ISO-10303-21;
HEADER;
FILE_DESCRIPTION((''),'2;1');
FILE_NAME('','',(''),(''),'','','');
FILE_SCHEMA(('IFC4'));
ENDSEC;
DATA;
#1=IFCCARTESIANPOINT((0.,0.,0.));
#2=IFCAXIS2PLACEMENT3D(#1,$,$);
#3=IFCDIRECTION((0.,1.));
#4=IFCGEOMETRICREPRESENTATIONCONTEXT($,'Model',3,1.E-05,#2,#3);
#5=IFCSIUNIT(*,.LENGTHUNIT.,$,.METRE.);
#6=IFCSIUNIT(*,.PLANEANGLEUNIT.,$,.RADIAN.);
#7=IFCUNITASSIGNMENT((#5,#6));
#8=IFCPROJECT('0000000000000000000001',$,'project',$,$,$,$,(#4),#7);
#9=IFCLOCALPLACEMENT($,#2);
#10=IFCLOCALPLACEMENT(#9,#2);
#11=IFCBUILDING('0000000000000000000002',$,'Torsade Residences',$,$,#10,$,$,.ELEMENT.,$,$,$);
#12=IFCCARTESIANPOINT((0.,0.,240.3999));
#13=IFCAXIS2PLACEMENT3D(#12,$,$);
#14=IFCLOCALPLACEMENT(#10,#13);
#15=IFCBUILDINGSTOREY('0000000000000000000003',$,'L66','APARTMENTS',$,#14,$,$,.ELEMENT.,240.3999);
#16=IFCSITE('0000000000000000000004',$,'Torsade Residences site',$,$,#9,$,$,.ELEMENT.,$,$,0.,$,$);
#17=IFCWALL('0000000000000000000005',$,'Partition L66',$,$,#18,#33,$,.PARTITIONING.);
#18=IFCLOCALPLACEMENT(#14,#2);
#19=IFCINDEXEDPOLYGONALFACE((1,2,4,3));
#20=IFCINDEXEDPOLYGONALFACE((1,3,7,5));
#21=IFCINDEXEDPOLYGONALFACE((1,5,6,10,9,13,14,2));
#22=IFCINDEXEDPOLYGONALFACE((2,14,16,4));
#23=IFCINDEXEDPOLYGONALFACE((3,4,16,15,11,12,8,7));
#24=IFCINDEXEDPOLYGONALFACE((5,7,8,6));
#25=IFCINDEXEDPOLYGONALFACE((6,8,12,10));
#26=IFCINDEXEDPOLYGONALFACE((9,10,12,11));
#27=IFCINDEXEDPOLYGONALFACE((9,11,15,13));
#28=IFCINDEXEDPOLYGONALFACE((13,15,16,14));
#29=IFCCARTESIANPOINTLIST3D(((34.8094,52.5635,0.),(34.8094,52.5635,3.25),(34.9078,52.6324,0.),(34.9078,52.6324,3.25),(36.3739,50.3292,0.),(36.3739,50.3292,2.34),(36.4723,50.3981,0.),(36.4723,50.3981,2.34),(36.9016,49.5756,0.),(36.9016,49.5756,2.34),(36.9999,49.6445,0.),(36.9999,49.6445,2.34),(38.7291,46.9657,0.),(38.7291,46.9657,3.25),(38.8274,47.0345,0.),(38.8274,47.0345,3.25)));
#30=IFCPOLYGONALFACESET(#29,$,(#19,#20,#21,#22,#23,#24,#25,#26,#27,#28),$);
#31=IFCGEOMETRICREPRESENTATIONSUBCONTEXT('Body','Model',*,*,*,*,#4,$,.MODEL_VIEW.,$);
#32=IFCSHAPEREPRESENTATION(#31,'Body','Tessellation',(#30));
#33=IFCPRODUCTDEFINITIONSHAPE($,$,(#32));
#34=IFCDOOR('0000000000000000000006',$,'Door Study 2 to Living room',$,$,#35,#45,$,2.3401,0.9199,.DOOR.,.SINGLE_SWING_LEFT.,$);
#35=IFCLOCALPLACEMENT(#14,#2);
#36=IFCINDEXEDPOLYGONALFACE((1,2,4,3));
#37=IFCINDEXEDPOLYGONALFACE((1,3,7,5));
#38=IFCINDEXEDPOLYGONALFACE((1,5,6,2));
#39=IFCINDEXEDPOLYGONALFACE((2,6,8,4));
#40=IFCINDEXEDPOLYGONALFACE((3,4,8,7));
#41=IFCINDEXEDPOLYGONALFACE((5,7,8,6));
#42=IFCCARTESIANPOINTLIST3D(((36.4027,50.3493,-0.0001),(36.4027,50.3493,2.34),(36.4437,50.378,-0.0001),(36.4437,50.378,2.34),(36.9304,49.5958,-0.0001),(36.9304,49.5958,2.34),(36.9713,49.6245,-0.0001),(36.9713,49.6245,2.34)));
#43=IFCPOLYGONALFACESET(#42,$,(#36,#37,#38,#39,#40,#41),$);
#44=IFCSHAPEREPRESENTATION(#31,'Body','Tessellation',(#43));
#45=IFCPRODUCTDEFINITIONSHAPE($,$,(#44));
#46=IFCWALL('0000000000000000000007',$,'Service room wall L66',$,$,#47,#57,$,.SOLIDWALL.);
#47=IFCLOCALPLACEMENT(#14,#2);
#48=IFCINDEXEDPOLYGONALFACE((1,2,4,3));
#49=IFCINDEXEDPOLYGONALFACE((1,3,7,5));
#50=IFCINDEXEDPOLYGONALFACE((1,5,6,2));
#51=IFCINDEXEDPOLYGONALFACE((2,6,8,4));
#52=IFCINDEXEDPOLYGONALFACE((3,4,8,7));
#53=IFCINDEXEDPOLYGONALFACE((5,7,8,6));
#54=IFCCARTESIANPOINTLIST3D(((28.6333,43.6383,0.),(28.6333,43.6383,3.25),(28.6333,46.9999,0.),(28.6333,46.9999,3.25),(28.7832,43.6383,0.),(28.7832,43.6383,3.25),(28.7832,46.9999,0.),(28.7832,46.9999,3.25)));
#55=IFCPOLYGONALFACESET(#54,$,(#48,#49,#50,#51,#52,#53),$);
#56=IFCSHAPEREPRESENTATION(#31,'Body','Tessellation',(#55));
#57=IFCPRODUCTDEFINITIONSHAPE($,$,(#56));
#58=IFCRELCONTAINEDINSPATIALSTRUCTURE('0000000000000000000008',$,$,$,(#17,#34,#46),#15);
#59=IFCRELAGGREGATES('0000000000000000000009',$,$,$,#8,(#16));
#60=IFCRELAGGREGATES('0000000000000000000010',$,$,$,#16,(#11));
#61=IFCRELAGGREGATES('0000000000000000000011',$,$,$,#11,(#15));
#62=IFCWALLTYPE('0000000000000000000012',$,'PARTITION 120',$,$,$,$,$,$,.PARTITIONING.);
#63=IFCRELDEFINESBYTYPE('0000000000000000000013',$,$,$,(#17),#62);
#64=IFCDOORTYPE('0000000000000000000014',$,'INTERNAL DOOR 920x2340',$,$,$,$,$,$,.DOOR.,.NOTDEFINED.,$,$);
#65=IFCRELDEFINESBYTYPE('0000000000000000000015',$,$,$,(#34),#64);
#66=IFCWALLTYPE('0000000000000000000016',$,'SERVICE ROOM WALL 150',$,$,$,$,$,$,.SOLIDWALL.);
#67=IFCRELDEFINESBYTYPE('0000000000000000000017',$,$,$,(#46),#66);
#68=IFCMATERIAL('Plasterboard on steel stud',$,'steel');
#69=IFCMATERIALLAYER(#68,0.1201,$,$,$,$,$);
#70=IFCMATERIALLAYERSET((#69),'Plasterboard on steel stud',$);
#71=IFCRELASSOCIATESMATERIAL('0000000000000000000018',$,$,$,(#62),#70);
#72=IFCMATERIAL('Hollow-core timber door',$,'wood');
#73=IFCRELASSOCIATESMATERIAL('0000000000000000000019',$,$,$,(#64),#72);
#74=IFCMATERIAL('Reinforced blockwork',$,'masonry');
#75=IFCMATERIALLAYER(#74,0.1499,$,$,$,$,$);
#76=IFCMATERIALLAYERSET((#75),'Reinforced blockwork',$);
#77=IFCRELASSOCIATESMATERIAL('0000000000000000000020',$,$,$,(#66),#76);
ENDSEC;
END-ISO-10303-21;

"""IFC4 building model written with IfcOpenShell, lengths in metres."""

from ifc_helpers import new_model, si_unit, direction, frame, frame_2d, origin, place, context, subcontext, project, spatial, rectangle, extrude, material, layer, layer_set, type_object, element, fill, save


model = new_model("IFC4")

# Units and contexts
model_context = context("Model", 3, precision=1e-05, world=origin(), true_north=direction((0.0, 1.0)))
body_context = subcontext(model_context, "Body", "Model", "MODEL_VIEW")
ifc_project = project(units=[si_unit("LENGTHUNIT", "METRE"), si_unit("PLANEANGLEUNIT", "RADIAN")], contexts=[model_context])

# Site, building, storey
site_placement = place(None, origin())
site = spatial("IfcSite", under=ifc_project, at=site_placement, Name="Torsade Residences site", CompositionType="ELEMENT", RefElevation=0.0)
building_placement = place(site_placement, origin())
building = spatial("IfcBuilding", under=site, at=building_placement, Name="Torsade Residences", CompositionType="ELEMENT")
storey_placement = place(building_placement, frame((0.0, 0.0, 240.3999)))
storey = spatial("IfcBuildingStorey", under=building, at=storey_placement, Name="L66", Description="APARTMENTS", CompositionType="ELEMENT", Elevation=240.3999)

# Wall, opening, door
ifc_material_1 = material(Name="Plasterboard on steel stud", Category="steel")
ifc_layer_1 = layer(ifc_material_1, 0.1201)
ifc_layer_set_1 = layer_set([ifc_layer_1], Name="Plasterboard on steel stud")
wall_type_1 = type_object("IfcWallType", Name="PARTITION 120", PredefinedType="PARTITIONING", material=ifc_layer_set_1)
ifc_material_2 = material(Name="Hollow-core timber door", Category="wood")
door_type_1 = type_object("IfcDoorType", Name="INTERNAL DOOR 920x2340", OperationType="NOTDEFINED", PredefinedType="DOOR", material=ifc_material_2)
wall_1_placement = place(storey_placement, frame((38.7783, 47.0, 0.0), z_axis=(0.0, 0.0, 1.0), x_axis=(-0.573575, 0.819153, 0.0)))
wall_1 = element("IfcWall", 1, at=wall_1_placement, inside=storey, type_object=wall_type_1, Name="Partition L66", PredefinedType="PARTITIONING", context=body_context, shape_type="SweptSolid", body=[
    extrude(rectangle(XDim=6.8337, YDim=0.1201, at=frame_2d((3.417, 0.0))), origin(), (0.0, 0.0, 1.0), 3.25),
])
opening_1_placement = place(wall_1_placement, frame((3.1863, 0.0, 0.0)))
opening_1 = element("IfcOpeningElement", 2, at=opening_1_placement, cuts=wall_1, PredefinedType="OPENING", context=body_context, shape_type="SweptSolid", body=[
    extrude(rectangle(XDim=0.9199, YDim=2.3401, at=frame_2d((0.46, 1.1699))), frame((0.0, 0.0701, 0.0), z_axis=(0.0, -1.0, 0.0), x_axis=(1.0, 0.0, 0.0)), (0.0, 0.0, 1.0), 0.1401),
])
door_1_placement = place(opening_1_placement, origin())
door_1 = element("IfcDoor", 3, at=door_1_placement, inside=storey, type_object=door_type_1, Name="Door Study 2 to Living room", OperationType="SINGLE_SWING_LEFT", OverallHeight=2.3401, OverallWidth=0.9199, PredefinedType="DOOR", context=body_context, shape_type="SweptSolid", body=[
    extrude(rectangle(XDim=0.9199, YDim=2.3401, at=frame_2d((0.46, 1.1699))), frame((0.0, 0.0249, 0.0), z_axis=(0.0, -1.0, 0.0), x_axis=(1.0, 0.0, 0.0)), (0.0, 0.0, 1.0), 0.05),
])
fill(opening_1, door_1)

# Wall
ifc_material_3 = material(Name="Reinforced blockwork", Category="masonry")
ifc_layer_2 = layer(ifc_material_3, 0.1499)
ifc_layer_set_2 = layer_set([ifc_layer_2], Name="Reinforced blockwork")
wall_type_2 = type_object("IfcWallType", Name="SERVICE ROOM WALL 150", PredefinedType="SOLIDWALL", material=ifc_layer_set_2)
wall_2_placement = place(storey_placement, frame((28.7083, 43.6384, 0.0), z_axis=(0.0, 0.0, 1.0), x_axis=(0.0, 1.0, 0.0)))
element("IfcWall", 4, at=wall_2_placement, inside=storey, type_object=wall_type_2, Name="Service room wall L66", PredefinedType="SOLIDWALL", context=body_context, shape_type="SweptSolid", body=[
    extrude(rectangle(XDim=3.3616, YDim=0.1499, at=frame_2d((1.6807, 0.0))), origin(), (0.0, 0.0, 1.0), 3.25),
])

save(model, "model.ifc")
